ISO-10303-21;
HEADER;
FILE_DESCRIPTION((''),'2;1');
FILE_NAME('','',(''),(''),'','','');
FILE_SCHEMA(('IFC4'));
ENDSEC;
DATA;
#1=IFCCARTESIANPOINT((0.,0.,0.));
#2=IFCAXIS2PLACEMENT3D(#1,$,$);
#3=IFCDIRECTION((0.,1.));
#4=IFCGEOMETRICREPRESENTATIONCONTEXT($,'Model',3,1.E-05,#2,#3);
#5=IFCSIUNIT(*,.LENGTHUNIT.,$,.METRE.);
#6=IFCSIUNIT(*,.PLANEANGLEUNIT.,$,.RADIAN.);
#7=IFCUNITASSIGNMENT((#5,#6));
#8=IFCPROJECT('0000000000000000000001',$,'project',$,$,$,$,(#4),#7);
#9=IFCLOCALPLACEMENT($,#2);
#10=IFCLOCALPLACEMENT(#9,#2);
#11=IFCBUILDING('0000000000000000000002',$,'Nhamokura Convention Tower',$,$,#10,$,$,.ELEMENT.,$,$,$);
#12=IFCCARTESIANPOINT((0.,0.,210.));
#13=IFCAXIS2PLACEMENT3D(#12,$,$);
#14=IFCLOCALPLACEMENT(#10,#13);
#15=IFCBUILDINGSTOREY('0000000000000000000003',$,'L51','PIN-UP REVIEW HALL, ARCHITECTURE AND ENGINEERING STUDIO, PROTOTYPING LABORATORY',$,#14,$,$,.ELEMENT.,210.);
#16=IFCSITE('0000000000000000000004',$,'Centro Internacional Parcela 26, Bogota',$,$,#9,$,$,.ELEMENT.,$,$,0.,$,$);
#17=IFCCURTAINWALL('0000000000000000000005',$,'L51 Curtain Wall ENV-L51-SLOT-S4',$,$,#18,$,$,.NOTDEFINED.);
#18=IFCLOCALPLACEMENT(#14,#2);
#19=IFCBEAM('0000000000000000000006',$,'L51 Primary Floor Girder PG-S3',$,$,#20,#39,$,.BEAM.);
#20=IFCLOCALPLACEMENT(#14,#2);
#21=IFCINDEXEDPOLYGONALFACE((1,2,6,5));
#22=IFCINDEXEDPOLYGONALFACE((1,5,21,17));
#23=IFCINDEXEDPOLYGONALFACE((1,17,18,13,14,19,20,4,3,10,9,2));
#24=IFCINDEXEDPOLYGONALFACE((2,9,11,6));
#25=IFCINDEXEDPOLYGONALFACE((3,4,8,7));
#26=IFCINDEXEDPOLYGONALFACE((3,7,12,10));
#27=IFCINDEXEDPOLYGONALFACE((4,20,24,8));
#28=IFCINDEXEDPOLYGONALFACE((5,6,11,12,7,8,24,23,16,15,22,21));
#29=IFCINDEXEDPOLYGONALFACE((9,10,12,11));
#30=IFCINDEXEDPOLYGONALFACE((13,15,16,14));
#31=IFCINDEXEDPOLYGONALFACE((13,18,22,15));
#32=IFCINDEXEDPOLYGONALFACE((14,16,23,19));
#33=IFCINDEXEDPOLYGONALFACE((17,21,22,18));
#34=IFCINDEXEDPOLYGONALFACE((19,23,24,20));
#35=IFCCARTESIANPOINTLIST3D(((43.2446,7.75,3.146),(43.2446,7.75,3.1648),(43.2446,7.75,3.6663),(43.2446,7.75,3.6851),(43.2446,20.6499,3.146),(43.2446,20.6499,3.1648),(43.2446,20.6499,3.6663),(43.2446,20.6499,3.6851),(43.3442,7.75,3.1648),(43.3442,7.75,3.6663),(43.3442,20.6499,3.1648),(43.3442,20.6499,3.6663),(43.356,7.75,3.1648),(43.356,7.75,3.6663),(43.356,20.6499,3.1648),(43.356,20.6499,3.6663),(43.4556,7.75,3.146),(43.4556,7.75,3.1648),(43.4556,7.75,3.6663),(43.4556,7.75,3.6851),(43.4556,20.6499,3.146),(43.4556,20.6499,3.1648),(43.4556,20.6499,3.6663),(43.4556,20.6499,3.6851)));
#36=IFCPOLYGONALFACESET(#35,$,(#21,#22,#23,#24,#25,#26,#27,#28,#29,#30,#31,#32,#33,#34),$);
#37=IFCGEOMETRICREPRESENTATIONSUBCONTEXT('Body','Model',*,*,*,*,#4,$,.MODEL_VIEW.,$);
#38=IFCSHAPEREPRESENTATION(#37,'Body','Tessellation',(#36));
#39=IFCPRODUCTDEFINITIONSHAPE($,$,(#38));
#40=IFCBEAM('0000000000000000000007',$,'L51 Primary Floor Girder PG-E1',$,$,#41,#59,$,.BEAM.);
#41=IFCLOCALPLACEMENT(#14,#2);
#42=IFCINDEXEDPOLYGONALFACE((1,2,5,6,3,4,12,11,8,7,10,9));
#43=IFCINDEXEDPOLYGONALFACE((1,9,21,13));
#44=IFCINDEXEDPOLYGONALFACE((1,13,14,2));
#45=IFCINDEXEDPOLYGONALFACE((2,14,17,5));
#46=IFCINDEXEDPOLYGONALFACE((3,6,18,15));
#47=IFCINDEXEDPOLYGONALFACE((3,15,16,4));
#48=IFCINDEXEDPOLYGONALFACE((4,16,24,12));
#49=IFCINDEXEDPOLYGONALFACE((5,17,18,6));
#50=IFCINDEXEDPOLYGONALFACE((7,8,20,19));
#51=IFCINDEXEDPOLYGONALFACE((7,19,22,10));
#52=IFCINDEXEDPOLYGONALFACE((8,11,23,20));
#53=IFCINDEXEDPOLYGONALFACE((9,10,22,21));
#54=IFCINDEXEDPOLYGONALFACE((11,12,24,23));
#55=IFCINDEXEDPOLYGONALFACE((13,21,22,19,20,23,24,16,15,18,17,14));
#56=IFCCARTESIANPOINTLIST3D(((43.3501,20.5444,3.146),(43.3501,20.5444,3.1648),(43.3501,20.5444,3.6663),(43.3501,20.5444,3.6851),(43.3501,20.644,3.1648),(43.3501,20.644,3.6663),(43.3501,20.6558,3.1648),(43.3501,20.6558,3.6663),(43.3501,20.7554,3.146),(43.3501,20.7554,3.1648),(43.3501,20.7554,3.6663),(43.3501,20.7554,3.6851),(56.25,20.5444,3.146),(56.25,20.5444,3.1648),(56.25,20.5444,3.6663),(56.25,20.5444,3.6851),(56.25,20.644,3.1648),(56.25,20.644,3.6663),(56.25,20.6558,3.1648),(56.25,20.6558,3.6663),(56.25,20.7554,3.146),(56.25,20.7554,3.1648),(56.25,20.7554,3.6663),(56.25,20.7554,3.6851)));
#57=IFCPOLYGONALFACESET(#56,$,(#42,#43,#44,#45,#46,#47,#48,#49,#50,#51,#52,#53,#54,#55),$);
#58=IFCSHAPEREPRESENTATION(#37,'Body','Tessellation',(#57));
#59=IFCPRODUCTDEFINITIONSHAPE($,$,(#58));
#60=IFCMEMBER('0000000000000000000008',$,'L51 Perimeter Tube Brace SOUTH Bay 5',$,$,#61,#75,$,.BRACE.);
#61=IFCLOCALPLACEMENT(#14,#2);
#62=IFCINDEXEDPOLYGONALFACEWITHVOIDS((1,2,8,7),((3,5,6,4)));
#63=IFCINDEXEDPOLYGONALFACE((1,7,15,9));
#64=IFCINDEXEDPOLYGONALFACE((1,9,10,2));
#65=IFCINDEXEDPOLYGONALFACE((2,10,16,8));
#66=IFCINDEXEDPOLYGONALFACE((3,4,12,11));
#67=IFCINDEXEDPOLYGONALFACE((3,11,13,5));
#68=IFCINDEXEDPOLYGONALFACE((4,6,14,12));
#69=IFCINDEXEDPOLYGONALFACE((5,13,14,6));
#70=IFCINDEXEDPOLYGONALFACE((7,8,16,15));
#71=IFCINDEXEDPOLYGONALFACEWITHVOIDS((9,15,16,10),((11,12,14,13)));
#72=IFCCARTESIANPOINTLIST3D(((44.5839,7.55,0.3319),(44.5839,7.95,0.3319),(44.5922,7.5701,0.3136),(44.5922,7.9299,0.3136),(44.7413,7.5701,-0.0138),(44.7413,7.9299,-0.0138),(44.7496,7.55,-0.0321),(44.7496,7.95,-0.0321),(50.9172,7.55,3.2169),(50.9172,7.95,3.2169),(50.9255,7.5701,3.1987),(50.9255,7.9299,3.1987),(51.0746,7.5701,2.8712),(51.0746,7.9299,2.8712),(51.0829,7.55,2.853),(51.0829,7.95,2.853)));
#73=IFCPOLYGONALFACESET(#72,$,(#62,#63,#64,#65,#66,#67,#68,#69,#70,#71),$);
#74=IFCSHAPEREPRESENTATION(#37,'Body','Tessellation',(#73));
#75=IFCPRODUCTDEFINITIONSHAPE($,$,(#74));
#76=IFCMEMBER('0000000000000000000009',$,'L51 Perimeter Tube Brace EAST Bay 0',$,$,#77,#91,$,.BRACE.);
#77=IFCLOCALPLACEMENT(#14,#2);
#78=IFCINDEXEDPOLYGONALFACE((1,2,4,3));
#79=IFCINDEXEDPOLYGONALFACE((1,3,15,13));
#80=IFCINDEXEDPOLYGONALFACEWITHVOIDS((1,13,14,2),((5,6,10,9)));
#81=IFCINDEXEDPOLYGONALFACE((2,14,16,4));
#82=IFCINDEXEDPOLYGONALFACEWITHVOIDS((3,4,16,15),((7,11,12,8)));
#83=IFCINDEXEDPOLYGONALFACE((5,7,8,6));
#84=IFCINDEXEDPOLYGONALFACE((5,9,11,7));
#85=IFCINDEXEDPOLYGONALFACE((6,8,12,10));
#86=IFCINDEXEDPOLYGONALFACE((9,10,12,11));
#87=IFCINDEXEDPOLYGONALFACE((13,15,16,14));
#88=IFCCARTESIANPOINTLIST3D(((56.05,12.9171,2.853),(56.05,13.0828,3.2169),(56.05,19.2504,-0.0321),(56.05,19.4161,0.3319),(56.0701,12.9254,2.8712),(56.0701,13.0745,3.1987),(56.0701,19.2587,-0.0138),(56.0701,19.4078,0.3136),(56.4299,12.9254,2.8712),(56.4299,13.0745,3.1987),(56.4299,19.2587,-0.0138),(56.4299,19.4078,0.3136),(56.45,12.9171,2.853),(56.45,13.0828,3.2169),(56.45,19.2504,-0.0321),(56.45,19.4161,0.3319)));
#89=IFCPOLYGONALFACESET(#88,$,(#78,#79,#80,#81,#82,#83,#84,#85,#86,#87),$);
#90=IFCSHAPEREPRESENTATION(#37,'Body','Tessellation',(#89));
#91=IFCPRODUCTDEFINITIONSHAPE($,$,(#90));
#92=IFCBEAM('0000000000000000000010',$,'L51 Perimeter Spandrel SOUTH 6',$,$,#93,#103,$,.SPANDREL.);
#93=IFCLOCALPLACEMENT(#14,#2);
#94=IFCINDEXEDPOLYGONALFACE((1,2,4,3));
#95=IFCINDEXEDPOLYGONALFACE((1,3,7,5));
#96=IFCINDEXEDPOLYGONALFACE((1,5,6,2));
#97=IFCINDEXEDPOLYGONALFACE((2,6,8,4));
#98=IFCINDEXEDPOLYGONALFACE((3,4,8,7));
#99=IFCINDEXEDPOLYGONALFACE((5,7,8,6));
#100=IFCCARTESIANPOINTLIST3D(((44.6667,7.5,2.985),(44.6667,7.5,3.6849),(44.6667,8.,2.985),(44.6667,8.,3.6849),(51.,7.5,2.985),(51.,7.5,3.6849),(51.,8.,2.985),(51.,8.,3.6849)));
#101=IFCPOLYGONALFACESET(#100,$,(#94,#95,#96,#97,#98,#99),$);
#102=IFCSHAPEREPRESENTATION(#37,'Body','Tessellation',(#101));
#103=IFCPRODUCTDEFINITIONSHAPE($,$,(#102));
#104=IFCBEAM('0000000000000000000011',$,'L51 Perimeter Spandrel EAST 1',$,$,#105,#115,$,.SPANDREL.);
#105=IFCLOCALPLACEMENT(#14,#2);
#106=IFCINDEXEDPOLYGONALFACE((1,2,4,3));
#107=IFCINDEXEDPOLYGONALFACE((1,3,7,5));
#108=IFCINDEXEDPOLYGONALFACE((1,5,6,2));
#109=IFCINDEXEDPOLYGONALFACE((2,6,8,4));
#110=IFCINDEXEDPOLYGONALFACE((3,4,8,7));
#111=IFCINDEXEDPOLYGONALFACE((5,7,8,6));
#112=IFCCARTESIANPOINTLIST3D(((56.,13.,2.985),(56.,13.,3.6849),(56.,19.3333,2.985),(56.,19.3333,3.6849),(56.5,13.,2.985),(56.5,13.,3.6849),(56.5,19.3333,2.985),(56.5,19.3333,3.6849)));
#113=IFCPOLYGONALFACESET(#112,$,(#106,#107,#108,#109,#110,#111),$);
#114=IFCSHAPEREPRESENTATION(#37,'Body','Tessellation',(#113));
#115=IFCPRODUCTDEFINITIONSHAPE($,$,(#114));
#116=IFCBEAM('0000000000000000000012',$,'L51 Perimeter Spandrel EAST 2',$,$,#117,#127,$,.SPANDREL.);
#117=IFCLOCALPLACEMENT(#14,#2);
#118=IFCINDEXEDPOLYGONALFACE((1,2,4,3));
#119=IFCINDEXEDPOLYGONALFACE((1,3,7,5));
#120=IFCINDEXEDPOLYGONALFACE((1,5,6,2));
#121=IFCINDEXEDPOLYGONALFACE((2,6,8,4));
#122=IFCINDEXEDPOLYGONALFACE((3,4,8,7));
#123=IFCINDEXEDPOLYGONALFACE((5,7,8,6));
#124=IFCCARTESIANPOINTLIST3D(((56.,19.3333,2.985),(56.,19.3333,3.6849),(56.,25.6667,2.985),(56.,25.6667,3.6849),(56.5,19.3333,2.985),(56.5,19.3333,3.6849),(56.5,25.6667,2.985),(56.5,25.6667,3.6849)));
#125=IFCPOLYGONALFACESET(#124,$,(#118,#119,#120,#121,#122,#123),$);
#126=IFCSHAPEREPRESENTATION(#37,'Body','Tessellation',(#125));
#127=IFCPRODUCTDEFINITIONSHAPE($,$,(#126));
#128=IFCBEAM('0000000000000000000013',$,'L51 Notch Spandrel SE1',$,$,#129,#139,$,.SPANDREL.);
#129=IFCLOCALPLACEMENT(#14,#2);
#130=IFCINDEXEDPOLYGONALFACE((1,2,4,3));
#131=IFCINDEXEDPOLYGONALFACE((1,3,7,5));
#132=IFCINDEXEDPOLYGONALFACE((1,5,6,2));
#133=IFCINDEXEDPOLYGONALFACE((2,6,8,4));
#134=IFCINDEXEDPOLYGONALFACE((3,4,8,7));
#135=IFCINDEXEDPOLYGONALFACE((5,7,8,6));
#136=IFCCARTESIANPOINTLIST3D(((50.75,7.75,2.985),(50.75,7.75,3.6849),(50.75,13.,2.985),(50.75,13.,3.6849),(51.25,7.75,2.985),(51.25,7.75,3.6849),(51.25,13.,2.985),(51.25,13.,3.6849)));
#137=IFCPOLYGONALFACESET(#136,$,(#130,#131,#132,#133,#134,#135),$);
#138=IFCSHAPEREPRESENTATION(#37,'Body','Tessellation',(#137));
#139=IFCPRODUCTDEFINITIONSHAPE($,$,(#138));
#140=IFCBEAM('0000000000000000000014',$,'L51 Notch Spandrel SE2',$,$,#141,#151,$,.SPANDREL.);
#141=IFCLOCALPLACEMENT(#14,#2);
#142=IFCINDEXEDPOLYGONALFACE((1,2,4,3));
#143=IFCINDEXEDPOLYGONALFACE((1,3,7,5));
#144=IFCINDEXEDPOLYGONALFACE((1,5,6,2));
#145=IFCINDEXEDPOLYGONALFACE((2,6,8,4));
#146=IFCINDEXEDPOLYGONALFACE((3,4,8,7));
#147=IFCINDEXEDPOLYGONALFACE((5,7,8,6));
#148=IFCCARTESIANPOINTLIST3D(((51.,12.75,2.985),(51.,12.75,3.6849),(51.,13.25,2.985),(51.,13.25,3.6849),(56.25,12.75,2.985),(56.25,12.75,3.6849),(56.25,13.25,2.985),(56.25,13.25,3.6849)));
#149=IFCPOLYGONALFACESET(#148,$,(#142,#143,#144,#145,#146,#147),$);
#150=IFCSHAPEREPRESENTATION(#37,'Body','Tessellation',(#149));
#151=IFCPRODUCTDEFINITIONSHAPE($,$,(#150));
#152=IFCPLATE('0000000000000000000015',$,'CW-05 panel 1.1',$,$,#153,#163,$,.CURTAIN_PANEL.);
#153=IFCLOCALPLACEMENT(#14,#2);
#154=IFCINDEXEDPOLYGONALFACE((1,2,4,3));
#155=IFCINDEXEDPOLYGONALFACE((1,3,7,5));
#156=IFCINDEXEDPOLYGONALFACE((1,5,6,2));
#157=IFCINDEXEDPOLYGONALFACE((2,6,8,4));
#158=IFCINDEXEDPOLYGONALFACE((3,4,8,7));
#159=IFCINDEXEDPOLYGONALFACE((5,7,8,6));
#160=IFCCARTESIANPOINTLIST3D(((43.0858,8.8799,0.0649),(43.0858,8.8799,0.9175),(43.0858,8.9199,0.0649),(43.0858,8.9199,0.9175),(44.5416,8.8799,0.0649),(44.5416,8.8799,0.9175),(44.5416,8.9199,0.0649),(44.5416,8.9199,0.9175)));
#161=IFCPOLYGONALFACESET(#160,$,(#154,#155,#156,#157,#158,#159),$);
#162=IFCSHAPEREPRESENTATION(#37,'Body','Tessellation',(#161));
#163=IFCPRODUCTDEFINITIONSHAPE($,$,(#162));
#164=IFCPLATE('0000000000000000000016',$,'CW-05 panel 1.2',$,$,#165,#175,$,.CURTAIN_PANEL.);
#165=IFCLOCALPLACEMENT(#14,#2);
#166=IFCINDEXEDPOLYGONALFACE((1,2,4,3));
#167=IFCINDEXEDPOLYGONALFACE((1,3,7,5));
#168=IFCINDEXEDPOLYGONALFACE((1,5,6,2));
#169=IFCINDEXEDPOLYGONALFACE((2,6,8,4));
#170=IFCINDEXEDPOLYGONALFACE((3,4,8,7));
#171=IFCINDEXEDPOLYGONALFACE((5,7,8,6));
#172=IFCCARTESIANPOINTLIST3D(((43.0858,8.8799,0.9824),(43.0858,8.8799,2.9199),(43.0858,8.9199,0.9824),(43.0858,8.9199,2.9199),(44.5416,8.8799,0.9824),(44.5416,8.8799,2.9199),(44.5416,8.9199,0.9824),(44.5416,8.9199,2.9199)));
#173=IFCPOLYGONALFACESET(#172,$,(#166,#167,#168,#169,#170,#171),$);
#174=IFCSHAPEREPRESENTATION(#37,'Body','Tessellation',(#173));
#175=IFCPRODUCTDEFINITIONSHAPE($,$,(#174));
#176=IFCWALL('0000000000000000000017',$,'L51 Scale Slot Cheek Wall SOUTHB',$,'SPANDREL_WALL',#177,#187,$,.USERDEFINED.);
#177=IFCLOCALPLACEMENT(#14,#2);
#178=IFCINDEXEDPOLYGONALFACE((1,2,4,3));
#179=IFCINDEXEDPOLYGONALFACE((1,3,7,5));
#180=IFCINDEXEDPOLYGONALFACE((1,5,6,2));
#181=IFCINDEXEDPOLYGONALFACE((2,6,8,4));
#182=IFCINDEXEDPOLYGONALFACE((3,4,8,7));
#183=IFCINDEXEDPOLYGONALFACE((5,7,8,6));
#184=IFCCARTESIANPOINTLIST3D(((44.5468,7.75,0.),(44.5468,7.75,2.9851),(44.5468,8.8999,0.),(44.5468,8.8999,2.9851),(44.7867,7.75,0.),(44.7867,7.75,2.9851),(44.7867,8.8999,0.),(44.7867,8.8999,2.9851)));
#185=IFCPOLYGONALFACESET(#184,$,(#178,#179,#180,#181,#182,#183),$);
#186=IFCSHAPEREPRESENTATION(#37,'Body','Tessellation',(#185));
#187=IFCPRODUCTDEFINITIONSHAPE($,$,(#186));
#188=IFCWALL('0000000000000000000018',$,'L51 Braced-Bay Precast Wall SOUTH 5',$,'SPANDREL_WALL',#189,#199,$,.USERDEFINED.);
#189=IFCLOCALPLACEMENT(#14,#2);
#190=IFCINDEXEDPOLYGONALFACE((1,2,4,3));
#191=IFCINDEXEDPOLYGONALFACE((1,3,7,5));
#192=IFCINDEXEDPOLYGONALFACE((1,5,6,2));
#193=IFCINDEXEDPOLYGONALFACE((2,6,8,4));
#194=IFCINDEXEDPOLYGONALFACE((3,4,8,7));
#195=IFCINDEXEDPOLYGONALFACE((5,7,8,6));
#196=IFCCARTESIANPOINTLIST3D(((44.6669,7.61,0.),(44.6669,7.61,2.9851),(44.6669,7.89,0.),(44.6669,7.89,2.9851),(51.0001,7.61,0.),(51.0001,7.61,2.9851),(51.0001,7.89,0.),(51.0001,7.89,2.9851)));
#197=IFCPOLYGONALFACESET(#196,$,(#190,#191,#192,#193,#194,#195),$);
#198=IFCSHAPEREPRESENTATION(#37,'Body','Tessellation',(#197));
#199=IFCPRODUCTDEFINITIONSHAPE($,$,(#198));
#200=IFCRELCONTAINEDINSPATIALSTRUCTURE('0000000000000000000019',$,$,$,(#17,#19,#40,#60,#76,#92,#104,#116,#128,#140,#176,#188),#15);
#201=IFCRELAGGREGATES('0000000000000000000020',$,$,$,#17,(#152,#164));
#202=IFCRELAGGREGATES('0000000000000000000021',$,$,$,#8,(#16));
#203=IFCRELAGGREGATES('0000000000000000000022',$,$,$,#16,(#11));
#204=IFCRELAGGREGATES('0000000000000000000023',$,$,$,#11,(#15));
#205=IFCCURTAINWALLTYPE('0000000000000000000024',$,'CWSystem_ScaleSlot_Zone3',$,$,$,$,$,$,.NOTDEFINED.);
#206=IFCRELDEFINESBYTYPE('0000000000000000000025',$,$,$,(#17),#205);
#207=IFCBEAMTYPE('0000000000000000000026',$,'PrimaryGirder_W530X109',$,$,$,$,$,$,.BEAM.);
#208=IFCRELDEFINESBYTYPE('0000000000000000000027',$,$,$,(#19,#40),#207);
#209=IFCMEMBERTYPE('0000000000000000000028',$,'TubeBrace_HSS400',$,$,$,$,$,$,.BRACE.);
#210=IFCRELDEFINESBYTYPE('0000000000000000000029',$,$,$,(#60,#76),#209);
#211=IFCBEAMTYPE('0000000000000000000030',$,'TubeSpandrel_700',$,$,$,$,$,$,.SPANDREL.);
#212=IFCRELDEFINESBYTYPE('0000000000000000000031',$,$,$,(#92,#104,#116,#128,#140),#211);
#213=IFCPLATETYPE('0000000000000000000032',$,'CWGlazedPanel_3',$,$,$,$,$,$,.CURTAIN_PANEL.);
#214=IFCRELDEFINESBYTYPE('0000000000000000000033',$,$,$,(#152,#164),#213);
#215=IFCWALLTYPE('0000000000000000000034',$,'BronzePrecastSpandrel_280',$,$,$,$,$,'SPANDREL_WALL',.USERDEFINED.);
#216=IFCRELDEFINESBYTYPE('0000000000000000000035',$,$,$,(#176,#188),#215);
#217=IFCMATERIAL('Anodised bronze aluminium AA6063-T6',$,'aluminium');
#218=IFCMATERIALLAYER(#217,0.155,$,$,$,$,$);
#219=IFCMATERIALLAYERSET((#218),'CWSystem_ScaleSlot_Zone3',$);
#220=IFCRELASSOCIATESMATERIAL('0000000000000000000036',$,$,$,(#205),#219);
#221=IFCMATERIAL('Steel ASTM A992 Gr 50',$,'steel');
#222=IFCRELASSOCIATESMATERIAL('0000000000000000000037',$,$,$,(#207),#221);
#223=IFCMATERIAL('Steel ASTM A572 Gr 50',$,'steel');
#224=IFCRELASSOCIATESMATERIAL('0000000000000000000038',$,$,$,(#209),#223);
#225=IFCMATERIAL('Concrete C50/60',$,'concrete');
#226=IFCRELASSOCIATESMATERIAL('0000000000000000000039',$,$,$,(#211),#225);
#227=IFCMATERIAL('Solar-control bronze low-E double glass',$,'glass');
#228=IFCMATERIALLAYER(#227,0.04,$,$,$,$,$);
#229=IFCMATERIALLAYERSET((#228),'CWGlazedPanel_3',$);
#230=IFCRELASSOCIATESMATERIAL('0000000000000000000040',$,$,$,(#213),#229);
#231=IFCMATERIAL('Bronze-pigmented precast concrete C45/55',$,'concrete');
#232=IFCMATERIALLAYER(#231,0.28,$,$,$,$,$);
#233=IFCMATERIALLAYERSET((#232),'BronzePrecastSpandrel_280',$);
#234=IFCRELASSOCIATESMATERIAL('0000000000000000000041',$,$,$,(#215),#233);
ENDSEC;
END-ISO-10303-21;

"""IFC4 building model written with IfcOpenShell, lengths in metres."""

from ifc_helpers import new_model, si_unit, direction, frame, frame_2d, origin, origin_2d, place, context, subcontext, project, spatial, rectangle, hollow_rectangle, i_section, extrude, material, layer, layer_set, material_profile, profile_set, type_object, element, aggregate, save


model = new_model("IFC4")

# Units and contexts
model_context = context("Model", 3, precision=1e-05, world=origin(), true_north=direction((0.0, 1.0)))
body_context = subcontext(model_context, "Body", "Model", "MODEL_VIEW")
ifc_project = project(units=[si_unit("LENGTHUNIT", "METRE"), si_unit("PLANEANGLEUNIT", "RADIAN")], contexts=[model_context])

# Site, building, storey
site_placement = place(None, origin())
site = spatial("IfcSite", under=ifc_project, at=site_placement, Name="Centro Internacional Parcela 26, Bogota", CompositionType="ELEMENT", RefElevation=0.0)
building_placement = place(site_placement, origin())
building = spatial("IfcBuilding", under=site, at=building_placement, Name="Nhamokura Convention Tower", CompositionType="ELEMENT")
storey_placement = place(building_placement, frame((0.0, 0.0, 210.0)))
storey = spatial("IfcBuildingStorey", under=building, at=storey_placement, Name="L51", Description="PIN-UP REVIEW HALL, ARCHITECTURE AND ENGINEERING STUDIO, PROTOTYPING LABORATORY", CompositionType="ELEMENT", Elevation=210.0)

# Curtain wall
ifc_material_1 = material(Name="Anodised bronze aluminium AA6063-T6", Category="aluminium")
ifc_layer_1 = layer(ifc_material_1, 0.155)
ifc_layer_set_1 = layer_set([ifc_layer_1], Name="CWSystem_ScaleSlot_Zone3")
curtain_wall_type = type_object("IfcCurtainWallType", Name="CWSystem_ScaleSlot_Zone3", PredefinedType="NOTDEFINED", material=ifc_layer_set_1)
curtain_wall_placement = place(storey_placement, origin())
curtain_wall = element("IfcCurtainWall", 1, at=curtain_wall_placement, inside=storey, type_object=curtain_wall_type, Name="L51 Curtain Wall ENV-L51-SLOT-S4", PredefinedType="NOTDEFINED")

# Beams
ifc_material_2 = material(Name="Steel ASTM A992 Gr 50", Category="steel")
ifc_material_profile_1 = material_profile(ifc_material_2, i_section(OverallWidth=0.2109, OverallDepth=0.5391, WebThickness=0.0117, FlangeThickness=0.0188, at=origin_2d()))
ifc_profile_set_1 = profile_set([ifc_material_profile_1], Name="Steel ASTM A992 Gr 50")
beam_type_1 = type_object("IfcBeamType", Name="PrimaryGirder_W530X109", PredefinedType="BEAM", material=ifc_profile_set_1)
for number, where, z_axis, x_axis, name in (
    (2, (43.3501, 7.75, 3.4155), (0.0, 1.0, 0.0), (-1.0, 0.0, 0.0), "L51 Primary Floor Girder PG-S3"),
    (3, (43.3501, 20.6499, 3.4155), (1.0, 0.0, 0.0), (0.0, 1.0, 0.0), "L51 Primary Floor Girder PG-E1"),
):
    element("IfcBeam", number, at=place(storey_placement, frame(where, z_axis=z_axis, x_axis=x_axis)), inside=storey, type_object=beam_type_1, Name=name, PredefinedType="BEAM", context=body_context, shape_type="SweptSolid", body=[
        extrude(i_section(OverallWidth=0.2109, OverallDepth=0.5391, WebThickness=0.0117, FlangeThickness=0.0188, at=origin_2d()), origin(), (0.0, 0.0, 1.0), 12.8999),
    ])

# Members
ifc_material_3 = material(Name="Steel ASTM A572 Gr 50", Category="steel")
ifc_material_profile_2 = material_profile(ifc_material_3, hollow_rectangle(XDim=0.3999, YDim=0.3999, WallThickness=0.02, at=origin_2d()))
ifc_profile_set_2 = profile_set([ifc_material_profile_2], Name="Steel ASTM A572 Gr 50")
member_type_1 = type_object("IfcMemberType", Name="TubeBrace_HSS400", PredefinedType="BRACE", material=ifc_profile_set_2)
for number, where, z_axis, x_axis, name in (
    (4, (44.6667, 7.75, 0.1499), (0.910027, 0.0, 0.414548), (0.0, 1.0, 0.0), "L51 Perimeter Tube Brace SOUTH Bay 5"),
    (5, (56.25, 19.3333, 0.1499), (0.0, -0.910027, 0.414548), (1.0, 0.0, 0.0), "L51 Perimeter Tube Brace EAST Bay 0"),
):
    element("IfcMember", number, at=place(storey_placement, frame(where, z_axis=z_axis, x_axis=x_axis)), inside=storey, type_object=member_type_1, Name=name, PredefinedType="BRACE", context=body_context, shape_type="SweptSolid", body=[
        extrude(hollow_rectangle(XDim=0.3999, YDim=0.3999, WallThickness=0.02, at=origin_2d()), origin(), (0.0, 0.0, 1.0), 6.9595),
    ])

# Beams
ifc_material_4 = material(Name="Concrete C50/60", Category="concrete")
ifc_material_profile_3 = material_profile(ifc_material_4, rectangle(XDim=0.5, YDim=0.7, at=origin_2d()))
ifc_profile_set_3 = profile_set([ifc_material_profile_3], Name="Concrete C50/60")
beam_type_2 = type_object("IfcBeamType", Name="TubeSpandrel_700", PredefinedType="SPANDREL", material=ifc_profile_set_3)
for number, where, z_axis, x_axis, name in (
    (6, (44.6667, 7.75, 3.335), (1.0, 0.0, 0.0), (0.0, 1.0, 0.0), "L51 Perimeter Spandrel SOUTH 6"),
    (7, (56.25, 13.0, 3.335), (0.0, 1.0, 0.0), (-1.0, 0.0, 0.0), "L51 Perimeter Spandrel EAST 1"),
):
    element("IfcBeam", number, at=place(storey_placement, frame(where, z_axis=z_axis, x_axis=x_axis)), inside=storey, type_object=beam_type_2, Name=name, PredefinedType="SPANDREL", context=body_context, shape_type="SweptSolid", body=[
        extrude(rectangle(XDim=0.5, YDim=0.7, at=origin_2d()), origin(), (0.0, 0.0, 1.0), 6.3333),
    ])
beam_placement = place(storey_placement, frame((56.25, 19.3333, 3.335), z_axis=(0.0, 1.0, 0.0), x_axis=(-1.0, 0.0, 0.0)))
element("IfcBeam", 8, at=beam_placement, inside=storey, type_object=beam_type_2, Name="L51 Perimeter Spandrel EAST 2", PredefinedType="SPANDREL", context=body_context, shape_type="SweptSolid", body=[
    extrude(rectangle(XDim=0.5, YDim=0.7, at=origin_2d()), origin(), (0.0, 0.0, 1.0), 6.3335),
])
for number, where, z_axis, x_axis, name in (
    (9, (51.0, 7.75, 3.335), (0.0, 1.0, 0.0), (-1.0, 0.0, 0.0), "L51 Notch Spandrel SE1"),
    (10, (51.0, 13.0, 3.335), (1.0, 0.0, 0.0), (0.0, 1.0, 0.0), "L51 Notch Spandrel SE2"),
):
    element("IfcBeam", number, at=place(storey_placement, frame(where, z_axis=z_axis, x_axis=x_axis)), inside=storey, type_object=beam_type_2, Name=name, PredefinedType="SPANDREL", context=body_context, shape_type="SweptSolid", body=[
        extrude(rectangle(XDim=0.5, YDim=0.7, at=origin_2d()), origin(), (0.0, 0.0, 1.0), 5.25),
    ])

# Plates
ifc_material_5 = material(Name="Solar-control bronze low-E double glass", Category="glass")
ifc_layer_2 = layer(ifc_material_5, 0.04)
ifc_layer_set_2 = layer_set([ifc_layer_2], Name="CWGlazedPanel_3")
plate_type = type_object("IfcPlateType", Name="CWGlazedPanel_3", PredefinedType="CURTAIN_PANEL", material=ifc_layer_set_2)
plate_1_placement = place(storey_placement, frame((43.8137, 8.8999, 0.0649), z_axis=(0.0, 0.0, 1.0), x_axis=(-1.0, 0.0, 0.0)))
plate_1 = element("IfcPlate", 11, at=plate_1_placement, type_object=plate_type, Name="CW-05 panel 1.1", PredefinedType="CURTAIN_PANEL", context=body_context, shape_type="SweptSolid", body=[
    extrude(rectangle(XDim=1.4558, YDim=0.04, at=origin_2d()), origin(), (0.0, 0.0, 1.0), 0.8525),
])
plate_2_placement = place(storey_placement, frame((43.8137, 8.8999, 0.9824), z_axis=(0.0, 0.0, 1.0), x_axis=(-1.0, 0.0, 0.0)))
plate_2 = element("IfcPlate", 12, at=plate_2_placement, type_object=plate_type, Name="CW-05 panel 1.2", PredefinedType="CURTAIN_PANEL", context=body_context, shape_type="SweptSolid", body=[
    extrude(rectangle(XDim=1.4558, YDim=0.04, at=origin_2d()), origin(), (0.0, 0.0, 1.0), 1.9375),
])
aggregate(curtain_wall, [plate_1, plate_2])

# Walls
ifc_material_6 = material(Name="Bronze-pigmented precast concrete C45/55", Category="concrete")
ifc_layer_3 = layer(ifc_material_6, 0.28)
ifc_layer_set_3 = layer_set([ifc_layer_3], Name="BronzePrecastSpandrel_280")
wall_type_1 = type_object("IfcWallType", Name="BronzePrecastSpandrel_280", ElementType="SPANDREL_WALL", PredefinedType="USERDEFINED", material=ifc_layer_set_3)
wall_1_placement = place(storey_placement, frame((44.6667, 7.75, 0.0), z_axis=(0.0, 0.0, 1.0), x_axis=(0.0, 1.0, 0.0)))
element("IfcWall", 13, at=wall_1_placement, inside=storey, type_object=wall_type_1, Name="L51 Scale Slot Cheek Wall SOUTHB", ObjectType="SPANDREL_WALL", PredefinedType="USERDEFINED", context=body_context, shape_type="SweptSolid", body=[
    extrude(rectangle(XDim=1.1499, YDim=0.24, at=frame_2d((0.575, 0.0))), origin(), (0.0, 0.0, 1.0), 2.9851),
])
for number, where, z_axis, x_axis, name in (
    (14, (51.0, 7.75, 0.0), (0.0, 0.0, 1.0), (-1.0, 0.0, 0.0), "L51 Braced-Bay Precast Wall SOUTH 5"),
):
    element("IfcWall", number, at=place(storey_placement, frame(where, z_axis=z_axis, x_axis=x_axis)), inside=storey, type_object=wall_type_1, Name=name, ObjectType="SPANDREL_WALL", PredefinedType="USERDEFINED", context=body_context, shape_type="SweptSolid", body=[
        extrude(rectangle(XDim=6.3333, YDim=0.28, at=frame_2d((3.1665, 0.0))), origin(), (0.0, 0.0, 1.0), 2.9851),
    ])

save(model, "model.ifc")
